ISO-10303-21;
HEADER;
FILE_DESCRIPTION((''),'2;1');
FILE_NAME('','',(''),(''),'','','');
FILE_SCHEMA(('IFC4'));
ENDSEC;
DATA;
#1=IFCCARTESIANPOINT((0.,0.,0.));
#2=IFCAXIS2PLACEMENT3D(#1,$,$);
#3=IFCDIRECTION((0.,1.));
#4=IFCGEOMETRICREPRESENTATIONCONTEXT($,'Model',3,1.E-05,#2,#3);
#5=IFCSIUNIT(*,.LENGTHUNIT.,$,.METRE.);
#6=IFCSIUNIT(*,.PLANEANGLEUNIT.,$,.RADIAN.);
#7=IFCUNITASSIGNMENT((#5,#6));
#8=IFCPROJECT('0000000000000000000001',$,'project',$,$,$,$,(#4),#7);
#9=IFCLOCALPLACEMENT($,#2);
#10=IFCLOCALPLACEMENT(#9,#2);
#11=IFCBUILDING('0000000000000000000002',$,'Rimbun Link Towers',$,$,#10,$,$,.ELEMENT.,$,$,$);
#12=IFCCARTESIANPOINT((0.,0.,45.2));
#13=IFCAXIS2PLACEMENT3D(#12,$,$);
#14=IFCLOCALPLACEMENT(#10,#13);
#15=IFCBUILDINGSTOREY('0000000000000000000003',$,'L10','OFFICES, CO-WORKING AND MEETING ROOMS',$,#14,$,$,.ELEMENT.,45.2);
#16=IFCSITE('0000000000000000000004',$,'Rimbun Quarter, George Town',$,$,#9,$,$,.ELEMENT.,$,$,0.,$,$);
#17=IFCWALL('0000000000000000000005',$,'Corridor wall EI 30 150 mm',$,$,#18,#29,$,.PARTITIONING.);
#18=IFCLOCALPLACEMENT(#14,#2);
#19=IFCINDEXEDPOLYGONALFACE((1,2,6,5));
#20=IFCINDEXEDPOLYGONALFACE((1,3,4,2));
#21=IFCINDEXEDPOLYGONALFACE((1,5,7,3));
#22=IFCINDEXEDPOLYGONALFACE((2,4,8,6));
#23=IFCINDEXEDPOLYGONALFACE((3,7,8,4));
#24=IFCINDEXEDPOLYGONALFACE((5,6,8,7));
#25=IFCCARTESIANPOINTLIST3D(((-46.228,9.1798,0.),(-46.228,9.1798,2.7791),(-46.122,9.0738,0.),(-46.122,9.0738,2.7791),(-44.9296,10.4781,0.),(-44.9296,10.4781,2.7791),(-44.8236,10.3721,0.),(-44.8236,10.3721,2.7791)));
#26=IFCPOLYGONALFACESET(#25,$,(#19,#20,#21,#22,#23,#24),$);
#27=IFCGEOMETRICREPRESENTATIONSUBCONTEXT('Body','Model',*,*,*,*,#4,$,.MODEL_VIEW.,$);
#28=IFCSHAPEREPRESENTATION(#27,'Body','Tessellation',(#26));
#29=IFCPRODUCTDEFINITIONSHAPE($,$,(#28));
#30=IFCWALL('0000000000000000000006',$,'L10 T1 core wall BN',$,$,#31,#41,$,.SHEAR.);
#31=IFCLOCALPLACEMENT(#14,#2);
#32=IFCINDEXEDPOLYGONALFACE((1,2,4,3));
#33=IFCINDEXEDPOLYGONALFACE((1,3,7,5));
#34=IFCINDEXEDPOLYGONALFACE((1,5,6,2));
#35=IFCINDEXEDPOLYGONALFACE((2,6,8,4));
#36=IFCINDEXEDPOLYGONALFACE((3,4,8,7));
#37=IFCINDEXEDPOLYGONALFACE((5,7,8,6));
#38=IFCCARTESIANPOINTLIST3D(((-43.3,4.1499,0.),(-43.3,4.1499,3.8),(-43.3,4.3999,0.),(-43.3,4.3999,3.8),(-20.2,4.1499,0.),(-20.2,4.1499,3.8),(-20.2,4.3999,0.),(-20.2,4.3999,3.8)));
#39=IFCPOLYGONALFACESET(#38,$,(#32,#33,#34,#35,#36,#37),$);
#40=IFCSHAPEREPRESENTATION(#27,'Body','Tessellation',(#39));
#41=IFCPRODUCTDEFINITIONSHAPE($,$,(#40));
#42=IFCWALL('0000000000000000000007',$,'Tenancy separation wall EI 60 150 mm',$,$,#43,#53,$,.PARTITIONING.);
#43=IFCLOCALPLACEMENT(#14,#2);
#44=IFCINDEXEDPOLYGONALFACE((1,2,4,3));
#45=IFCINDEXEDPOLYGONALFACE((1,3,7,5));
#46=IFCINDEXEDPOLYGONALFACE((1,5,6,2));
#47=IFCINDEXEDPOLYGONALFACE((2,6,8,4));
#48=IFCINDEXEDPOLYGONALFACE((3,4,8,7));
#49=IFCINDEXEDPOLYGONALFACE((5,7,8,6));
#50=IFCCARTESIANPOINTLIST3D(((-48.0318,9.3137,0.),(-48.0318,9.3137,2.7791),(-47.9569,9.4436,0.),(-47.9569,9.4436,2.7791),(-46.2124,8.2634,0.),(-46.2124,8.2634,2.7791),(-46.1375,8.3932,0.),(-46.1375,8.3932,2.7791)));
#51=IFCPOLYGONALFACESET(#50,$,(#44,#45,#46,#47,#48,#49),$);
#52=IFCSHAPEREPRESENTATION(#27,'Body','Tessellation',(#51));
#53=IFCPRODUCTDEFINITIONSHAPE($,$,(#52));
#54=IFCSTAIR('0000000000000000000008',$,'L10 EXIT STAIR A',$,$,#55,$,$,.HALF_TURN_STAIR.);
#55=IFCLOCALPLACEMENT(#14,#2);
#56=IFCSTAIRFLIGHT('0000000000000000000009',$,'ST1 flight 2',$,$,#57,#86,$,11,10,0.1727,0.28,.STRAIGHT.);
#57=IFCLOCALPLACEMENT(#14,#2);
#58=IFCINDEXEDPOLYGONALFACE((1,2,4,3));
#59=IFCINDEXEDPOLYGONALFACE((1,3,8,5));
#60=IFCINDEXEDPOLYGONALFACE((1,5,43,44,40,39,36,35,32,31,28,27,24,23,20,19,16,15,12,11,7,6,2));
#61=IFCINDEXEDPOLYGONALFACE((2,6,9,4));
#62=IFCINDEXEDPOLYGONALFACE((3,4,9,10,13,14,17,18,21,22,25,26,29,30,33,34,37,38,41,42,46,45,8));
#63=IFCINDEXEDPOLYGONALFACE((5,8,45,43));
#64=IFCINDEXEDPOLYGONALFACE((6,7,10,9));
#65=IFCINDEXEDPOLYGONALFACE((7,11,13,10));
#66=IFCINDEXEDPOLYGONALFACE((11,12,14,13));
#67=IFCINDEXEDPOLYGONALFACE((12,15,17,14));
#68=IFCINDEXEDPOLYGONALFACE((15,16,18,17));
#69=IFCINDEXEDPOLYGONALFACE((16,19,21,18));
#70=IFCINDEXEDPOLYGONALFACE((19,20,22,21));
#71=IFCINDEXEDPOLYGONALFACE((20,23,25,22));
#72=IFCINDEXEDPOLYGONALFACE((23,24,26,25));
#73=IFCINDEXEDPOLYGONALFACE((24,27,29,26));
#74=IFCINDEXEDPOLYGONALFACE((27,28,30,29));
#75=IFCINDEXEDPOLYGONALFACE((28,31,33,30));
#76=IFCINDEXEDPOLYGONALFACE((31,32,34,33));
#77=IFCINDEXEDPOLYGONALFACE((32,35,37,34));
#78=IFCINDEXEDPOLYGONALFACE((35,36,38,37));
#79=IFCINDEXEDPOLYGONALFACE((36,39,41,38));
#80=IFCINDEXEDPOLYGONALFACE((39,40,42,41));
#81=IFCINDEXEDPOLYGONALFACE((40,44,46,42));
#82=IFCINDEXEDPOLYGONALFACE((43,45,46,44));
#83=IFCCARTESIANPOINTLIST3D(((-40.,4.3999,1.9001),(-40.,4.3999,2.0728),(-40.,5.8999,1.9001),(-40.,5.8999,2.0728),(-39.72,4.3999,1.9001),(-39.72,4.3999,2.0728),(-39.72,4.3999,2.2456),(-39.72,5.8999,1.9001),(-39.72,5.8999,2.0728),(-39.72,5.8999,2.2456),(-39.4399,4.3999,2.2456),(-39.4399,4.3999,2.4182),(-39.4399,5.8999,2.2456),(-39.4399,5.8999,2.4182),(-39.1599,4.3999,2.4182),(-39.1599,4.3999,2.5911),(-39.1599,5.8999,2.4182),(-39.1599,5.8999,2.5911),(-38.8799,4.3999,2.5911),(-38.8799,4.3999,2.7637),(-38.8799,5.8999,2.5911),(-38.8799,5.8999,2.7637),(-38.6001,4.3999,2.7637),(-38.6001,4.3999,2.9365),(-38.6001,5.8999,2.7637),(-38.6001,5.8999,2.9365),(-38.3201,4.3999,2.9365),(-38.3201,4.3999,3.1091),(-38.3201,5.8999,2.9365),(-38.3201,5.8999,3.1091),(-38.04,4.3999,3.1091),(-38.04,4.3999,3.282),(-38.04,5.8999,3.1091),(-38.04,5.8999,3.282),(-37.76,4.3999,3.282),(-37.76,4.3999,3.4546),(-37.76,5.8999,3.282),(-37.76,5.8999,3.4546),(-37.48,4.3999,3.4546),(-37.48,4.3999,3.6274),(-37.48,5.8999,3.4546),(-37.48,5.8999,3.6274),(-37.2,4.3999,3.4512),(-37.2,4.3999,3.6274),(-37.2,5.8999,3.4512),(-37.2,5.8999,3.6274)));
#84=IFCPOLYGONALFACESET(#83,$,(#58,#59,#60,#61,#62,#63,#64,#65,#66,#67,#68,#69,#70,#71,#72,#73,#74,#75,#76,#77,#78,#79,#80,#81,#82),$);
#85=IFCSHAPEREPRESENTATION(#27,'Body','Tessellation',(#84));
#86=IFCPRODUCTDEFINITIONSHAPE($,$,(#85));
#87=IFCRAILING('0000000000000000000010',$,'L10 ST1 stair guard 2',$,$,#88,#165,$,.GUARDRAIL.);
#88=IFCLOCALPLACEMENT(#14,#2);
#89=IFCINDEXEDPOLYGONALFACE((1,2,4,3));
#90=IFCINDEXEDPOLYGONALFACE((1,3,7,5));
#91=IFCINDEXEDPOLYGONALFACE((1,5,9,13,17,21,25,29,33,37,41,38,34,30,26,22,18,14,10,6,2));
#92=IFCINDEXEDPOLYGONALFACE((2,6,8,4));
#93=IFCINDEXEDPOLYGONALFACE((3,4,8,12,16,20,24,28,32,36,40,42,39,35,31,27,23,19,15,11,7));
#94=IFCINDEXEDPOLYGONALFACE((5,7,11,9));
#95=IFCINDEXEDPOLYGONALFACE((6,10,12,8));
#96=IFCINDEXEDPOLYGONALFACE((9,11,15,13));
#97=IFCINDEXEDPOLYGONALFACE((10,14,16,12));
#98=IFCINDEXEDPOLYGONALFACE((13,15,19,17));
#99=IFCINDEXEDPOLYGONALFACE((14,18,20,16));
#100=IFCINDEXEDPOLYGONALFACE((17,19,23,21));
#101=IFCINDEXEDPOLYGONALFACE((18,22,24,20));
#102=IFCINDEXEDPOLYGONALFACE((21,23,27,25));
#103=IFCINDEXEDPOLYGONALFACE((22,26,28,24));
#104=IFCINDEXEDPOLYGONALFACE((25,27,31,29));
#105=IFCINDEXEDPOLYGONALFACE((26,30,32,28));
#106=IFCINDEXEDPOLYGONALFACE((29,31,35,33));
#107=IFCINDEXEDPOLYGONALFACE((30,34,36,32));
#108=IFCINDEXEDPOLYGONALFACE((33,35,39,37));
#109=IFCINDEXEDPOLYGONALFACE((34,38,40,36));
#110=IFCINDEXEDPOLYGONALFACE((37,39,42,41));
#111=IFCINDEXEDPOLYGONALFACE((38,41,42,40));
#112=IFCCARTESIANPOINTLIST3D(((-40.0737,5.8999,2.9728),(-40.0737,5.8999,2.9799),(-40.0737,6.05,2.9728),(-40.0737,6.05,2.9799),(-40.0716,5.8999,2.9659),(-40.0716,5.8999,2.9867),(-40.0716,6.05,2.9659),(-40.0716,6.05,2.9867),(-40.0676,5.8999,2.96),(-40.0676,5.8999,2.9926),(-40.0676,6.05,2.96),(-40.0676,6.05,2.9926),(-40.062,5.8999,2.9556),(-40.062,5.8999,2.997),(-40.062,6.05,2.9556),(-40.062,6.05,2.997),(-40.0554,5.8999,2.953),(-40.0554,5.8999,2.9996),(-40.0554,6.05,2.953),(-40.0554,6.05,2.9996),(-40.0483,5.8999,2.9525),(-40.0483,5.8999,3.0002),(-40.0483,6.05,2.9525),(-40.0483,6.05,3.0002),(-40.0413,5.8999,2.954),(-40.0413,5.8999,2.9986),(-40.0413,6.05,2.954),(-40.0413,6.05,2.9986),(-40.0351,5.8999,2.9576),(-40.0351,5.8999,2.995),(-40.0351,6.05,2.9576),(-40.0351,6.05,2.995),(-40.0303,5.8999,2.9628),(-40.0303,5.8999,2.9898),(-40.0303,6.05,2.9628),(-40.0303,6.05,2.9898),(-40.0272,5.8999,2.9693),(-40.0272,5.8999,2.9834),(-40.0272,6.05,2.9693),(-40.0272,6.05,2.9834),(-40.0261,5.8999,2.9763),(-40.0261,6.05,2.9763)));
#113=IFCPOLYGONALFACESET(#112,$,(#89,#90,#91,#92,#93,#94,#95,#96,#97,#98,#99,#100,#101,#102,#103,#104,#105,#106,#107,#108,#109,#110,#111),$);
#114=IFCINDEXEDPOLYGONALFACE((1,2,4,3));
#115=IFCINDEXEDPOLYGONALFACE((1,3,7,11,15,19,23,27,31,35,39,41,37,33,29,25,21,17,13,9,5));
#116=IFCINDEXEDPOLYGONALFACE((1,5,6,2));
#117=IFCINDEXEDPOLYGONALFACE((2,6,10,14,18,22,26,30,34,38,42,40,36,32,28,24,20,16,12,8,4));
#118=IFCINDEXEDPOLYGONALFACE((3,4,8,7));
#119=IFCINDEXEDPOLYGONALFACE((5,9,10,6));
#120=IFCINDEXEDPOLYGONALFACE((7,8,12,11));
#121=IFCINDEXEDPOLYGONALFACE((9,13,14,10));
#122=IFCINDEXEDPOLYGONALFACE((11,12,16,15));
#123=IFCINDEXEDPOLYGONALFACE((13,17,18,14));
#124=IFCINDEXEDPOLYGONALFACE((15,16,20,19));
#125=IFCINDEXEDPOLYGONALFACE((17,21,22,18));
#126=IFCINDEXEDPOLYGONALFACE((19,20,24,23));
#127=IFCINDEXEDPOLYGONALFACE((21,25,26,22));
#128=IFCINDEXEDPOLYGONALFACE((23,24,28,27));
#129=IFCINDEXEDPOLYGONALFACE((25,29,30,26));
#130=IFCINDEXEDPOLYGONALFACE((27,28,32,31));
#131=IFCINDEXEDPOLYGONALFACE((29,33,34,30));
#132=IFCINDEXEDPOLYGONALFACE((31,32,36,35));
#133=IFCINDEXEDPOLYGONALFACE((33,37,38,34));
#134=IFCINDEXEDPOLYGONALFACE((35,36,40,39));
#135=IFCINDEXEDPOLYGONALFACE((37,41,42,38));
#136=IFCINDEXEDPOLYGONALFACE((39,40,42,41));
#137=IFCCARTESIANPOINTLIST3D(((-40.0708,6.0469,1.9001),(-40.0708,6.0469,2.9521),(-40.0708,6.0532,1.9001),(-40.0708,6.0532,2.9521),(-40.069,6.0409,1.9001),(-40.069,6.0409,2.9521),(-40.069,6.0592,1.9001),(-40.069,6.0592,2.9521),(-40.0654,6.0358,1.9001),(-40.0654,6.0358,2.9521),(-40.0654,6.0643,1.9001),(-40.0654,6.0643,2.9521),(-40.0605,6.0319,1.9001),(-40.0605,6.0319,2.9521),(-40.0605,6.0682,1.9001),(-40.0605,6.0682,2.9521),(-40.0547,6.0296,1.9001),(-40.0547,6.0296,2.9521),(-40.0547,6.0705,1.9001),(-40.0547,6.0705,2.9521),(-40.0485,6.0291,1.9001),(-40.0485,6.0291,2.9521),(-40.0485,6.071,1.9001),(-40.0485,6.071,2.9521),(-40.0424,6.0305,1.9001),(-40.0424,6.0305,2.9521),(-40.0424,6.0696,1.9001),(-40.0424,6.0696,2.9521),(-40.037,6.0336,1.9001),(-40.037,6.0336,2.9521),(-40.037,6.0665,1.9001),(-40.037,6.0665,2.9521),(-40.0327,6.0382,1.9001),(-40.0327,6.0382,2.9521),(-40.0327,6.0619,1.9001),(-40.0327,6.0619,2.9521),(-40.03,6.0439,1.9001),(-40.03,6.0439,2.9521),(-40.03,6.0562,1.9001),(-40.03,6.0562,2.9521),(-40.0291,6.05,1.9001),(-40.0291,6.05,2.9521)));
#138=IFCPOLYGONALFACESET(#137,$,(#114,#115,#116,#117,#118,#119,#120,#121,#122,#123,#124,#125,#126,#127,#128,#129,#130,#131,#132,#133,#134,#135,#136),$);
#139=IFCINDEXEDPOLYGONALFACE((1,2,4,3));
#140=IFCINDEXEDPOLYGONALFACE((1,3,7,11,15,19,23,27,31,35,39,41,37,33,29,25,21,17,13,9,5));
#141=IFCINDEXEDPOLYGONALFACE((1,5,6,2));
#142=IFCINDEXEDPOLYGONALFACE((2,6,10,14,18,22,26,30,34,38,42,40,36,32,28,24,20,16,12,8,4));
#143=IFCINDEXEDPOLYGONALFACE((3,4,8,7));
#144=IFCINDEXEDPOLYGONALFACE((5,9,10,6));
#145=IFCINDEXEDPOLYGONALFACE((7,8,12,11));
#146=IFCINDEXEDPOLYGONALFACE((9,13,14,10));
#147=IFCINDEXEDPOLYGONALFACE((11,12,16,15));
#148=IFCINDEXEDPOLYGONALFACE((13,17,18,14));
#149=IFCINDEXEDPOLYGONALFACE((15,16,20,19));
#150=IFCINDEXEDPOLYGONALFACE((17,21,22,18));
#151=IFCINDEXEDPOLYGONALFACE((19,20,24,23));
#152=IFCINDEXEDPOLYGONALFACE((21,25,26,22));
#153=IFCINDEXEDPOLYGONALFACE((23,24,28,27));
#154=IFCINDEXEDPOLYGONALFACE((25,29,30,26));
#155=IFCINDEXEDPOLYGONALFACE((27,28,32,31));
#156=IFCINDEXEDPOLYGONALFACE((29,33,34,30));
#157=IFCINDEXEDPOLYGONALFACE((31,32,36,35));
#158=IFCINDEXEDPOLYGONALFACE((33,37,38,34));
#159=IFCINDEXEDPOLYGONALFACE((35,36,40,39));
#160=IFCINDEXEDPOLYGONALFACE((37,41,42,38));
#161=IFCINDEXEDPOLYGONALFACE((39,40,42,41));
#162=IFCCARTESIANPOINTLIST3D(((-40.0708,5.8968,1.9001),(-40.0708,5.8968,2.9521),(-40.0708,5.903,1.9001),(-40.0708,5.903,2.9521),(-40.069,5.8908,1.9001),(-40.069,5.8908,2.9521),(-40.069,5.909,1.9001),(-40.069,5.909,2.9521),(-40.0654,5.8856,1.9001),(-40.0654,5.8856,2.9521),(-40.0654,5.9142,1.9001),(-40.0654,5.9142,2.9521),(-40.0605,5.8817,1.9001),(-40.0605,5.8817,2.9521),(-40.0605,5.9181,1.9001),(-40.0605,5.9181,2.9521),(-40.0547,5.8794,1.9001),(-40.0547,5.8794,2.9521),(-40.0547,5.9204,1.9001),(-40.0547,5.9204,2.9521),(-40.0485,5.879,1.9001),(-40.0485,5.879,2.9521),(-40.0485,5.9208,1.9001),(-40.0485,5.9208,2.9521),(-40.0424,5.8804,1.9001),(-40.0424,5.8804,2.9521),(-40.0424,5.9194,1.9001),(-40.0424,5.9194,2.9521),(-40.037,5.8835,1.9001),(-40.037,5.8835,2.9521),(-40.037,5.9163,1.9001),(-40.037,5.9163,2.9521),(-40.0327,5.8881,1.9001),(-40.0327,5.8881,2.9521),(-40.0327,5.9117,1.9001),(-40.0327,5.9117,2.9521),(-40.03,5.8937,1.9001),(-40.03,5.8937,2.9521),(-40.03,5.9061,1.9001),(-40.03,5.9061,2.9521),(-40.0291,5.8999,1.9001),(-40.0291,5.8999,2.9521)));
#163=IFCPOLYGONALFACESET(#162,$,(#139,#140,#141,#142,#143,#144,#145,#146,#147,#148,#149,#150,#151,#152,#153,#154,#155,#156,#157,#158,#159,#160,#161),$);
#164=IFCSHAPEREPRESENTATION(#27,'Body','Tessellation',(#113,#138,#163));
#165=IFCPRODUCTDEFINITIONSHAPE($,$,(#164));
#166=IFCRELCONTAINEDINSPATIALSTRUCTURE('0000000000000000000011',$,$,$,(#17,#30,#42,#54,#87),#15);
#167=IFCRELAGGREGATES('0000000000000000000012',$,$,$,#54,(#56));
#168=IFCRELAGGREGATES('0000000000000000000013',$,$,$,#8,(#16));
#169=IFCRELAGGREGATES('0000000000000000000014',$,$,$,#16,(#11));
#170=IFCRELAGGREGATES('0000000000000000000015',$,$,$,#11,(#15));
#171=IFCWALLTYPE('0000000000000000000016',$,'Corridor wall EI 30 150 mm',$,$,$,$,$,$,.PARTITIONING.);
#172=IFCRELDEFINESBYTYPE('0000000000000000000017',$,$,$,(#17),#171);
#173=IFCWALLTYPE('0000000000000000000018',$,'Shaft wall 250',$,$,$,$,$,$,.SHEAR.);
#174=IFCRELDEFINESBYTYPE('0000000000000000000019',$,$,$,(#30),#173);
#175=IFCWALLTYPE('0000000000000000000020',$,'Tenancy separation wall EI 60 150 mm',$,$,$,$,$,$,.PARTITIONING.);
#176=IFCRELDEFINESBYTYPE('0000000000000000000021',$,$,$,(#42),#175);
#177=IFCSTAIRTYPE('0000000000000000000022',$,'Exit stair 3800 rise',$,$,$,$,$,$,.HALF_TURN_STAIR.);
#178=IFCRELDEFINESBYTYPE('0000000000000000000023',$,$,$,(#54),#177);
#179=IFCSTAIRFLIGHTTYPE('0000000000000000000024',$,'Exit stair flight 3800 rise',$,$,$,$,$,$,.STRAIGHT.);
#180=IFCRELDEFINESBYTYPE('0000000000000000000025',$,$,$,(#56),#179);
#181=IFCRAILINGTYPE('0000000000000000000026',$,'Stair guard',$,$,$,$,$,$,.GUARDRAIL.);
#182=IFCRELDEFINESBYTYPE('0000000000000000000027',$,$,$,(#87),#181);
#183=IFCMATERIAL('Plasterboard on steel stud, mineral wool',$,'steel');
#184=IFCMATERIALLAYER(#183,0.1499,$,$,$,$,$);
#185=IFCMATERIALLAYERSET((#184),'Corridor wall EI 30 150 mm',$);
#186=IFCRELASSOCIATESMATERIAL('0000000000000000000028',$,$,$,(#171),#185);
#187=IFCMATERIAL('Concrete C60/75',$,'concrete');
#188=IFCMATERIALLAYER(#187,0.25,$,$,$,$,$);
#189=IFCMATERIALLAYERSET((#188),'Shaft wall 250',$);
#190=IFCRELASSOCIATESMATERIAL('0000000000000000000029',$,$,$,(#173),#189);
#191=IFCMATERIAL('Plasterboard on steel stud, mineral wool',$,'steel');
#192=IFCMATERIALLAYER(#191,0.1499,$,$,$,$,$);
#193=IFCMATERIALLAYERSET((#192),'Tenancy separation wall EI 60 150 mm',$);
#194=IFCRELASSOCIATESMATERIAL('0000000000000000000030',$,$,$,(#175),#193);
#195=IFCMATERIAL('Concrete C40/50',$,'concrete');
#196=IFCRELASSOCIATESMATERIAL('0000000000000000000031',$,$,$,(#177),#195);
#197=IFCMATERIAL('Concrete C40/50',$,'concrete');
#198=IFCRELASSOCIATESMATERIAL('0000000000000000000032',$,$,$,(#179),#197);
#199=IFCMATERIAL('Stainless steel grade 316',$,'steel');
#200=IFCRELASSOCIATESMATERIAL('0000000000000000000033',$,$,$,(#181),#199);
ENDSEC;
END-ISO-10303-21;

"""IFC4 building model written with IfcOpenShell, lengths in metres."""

from ifc_helpers import new_model, si_unit, direction, frame, frame_2d, origin, origin_2d, place, context, subcontext, project, spatial, polyline, rectangle, circle, outline, extrude, material, layer, layer_set, type_object, element, aggregate, save


model = new_model("IFC4")

# Units and contexts
model_context = context("Model", 3, precision=1e-05, world=origin(), true_north=direction((0.0, 1.0)))
body_context = subcontext(model_context, "Body", "Model", "MODEL_VIEW")
ifc_project = project(units=[si_unit("LENGTHUNIT", "METRE"), si_unit("PLANEANGLEUNIT", "RADIAN")], contexts=[model_context])

# Site, building, storey
site_placement = place(None, origin())
site = spatial("IfcSite", under=ifc_project, at=site_placement, Name="Rimbun Quarter, George Town", CompositionType="ELEMENT", RefElevation=0.0)
building_placement = place(site_placement, origin())
building = spatial("IfcBuilding", under=site, at=building_placement, Name="Rimbun Link Towers", CompositionType="ELEMENT")
storey_placement = place(building_placement, frame((0.0, 0.0, 45.2)))
storey = spatial("IfcBuildingStorey", under=building, at=storey_placement, Name="L10", Description="OFFICES, CO-WORKING AND MEETING ROOMS", CompositionType="ELEMENT", Elevation=45.2)

# Shared definitions
ifc_material_1 = material(Name="Plasterboard on steel stud, mineral wool", Category="steel")
ifc_layer_1 = layer(ifc_material_1, 0.1499)
ifc_layer_set_1 = layer_set([ifc_layer_1], Name="Corridor wall EI 30 150 mm")
wall_type_1 = type_object("IfcWallType", Name="Corridor wall EI 30 150 mm", PredefinedType="PARTITIONING", material=ifc_layer_set_1)

# Walls
wall_1_placement = place(storey_placement, frame((-44.8767, 10.425, 0.0), z_axis=(0.0, 0.0, 1.0), x_axis=(-0.707107, -0.707107, 0.0)))
element("IfcWall", 1, at=wall_1_placement, inside=storey, type_object=wall_type_1, Name="Corridor wall EI 30 150 mm", PredefinedType="PARTITIONING", context=body_context, shape_type="SweptSolid", body=[
    extrude(rectangle(XDim=1.8362, YDim=0.1499, at=frame_2d((0.918, 0.0))), origin(), (0.0, 0.0, 1.0), 2.7791),
])
ifc_material_2 = material(Name="Concrete C60/75", Category="concrete")
ifc_layer_2 = layer(ifc_material_2, 0.25)
ifc_layer_set_2 = layer_set([ifc_layer_2], Name="Shaft wall 250")
wall_type_2 = type_object("IfcWallType", Name="Shaft wall 250", PredefinedType="SHEAR", material=ifc_layer_set_2)
wall_2_placement = place(storey_placement, frame((-43.3, 4.2749, 0.0), z_axis=(0.0, 0.0, 1.0), x_axis=(1.0, 0.0, 0.0)))
element("IfcWall", 2, at=wall_2_placement, inside=storey, type_object=wall_type_2, Name="L10 T1 core wall BN", PredefinedType="SHEAR", context=body_context, shape_type="SweptSolid", body=[
    extrude(rectangle(XDim=23.1001, YDim=0.25, at=frame_2d((11.55, 0.0))), origin(), (0.0, 0.0, 1.0), 3.8),
])
ifc_material_3 = material(Name="Plasterboard on steel stud, mineral wool", Category="steel")
ifc_layer_3 = layer(ifc_material_3, 0.1499)
ifc_layer_set_3 = layer_set([ifc_layer_3], Name="Tenancy separation wall EI 60 150 mm")
wall_type_3 = type_object("IfcWallType", Name="Tenancy separation wall EI 60 150 mm", PredefinedType="PARTITIONING", material=ifc_layer_set_3)
wall_3_placement = place(storey_placement, frame((-46.175, 8.3284, 0.0), z_axis=(0.0, 0.0, 1.0), x_axis=(-0.866046, 0.499964, 0.0)))
element("IfcWall", 3, at=wall_3_placement, inside=storey, type_object=wall_type_3, Name="Tenancy separation wall EI 60 150 mm", PredefinedType="PARTITIONING", context=body_context, shape_type="SweptSolid", body=[
    extrude(rectangle(XDim=2.1008, YDim=0.1499, at=frame_2d((1.0503, 0.0))), origin(), (0.0, 0.0, 1.0), 2.7791),
])

# Stair, stair flight
ifc_material_4 = material(Name="Concrete C40/50", Category="concrete")
stair_type = type_object("IfcStairType", Name="Exit stair 3800 rise", PredefinedType="HALF_TURN_STAIR", material=ifc_material_4)
stair_placement = place(storey_placement, origin())
stair = element("IfcStair", 4, at=stair_placement, inside=storey, type_object=stair_type, Name="L10 EXIT STAIR A", PredefinedType="HALF_TURN_STAIR")
ifc_material_5 = material(Name="Concrete C40/50", Category="concrete")
stair_flight_type = type_object("IfcStairFlightType", Name="Exit stair flight 3800 rise", PredefinedType="STRAIGHT", material=ifc_material_5)
stair_flight_placement = place(storey_placement, frame((-40.0, 5.1499, 1.9001), z_axis=(0.0, 0.0, 1.0), x_axis=(1.0, 0.0, 0.0)))
stair_flight = element("IfcStairFlight", 5, at=stair_flight_placement, type_object=stair_flight_type, Name="ST1 flight 2", NumberOfRisers=11, NumberOfTreads=10, PredefinedType="STRAIGHT", RiserHeight=0.1727, TreadLength=0.28, context=body_context, shape_type="SweptSolid", body=[
    extrude(outline(polyline([(0.0, 0.0), (0.0, 0.1726), (0.28, 0.1726), (0.28, 0.3455), (0.5601, 0.3455), (0.5601, 0.5181), (0.8401, 0.5181), (0.8401, 0.6909), (1.1201, 0.6909), (1.1201, 0.8635), (1.3999, 0.8635), (1.3999, 1.0364), (1.6799, 1.0364), (1.6799, 1.209), (1.96, 1.209), (1.96, 1.3818), (2.24, 1.3818), (2.24, 1.5544), (2.52, 1.5544), (2.52, 1.7273), (2.8, 1.7273), (2.8, 1.8999), (2.8, 1.551), (0.28, 0.0), (0.0, 0.0)])), frame((0.0, 0.75, 0.0), z_axis=(0.0, -1.0, 0.0), x_axis=(1.0, 0.0, 0.0)), (0.0, 0.0, 1.0), 1.5),
])
aggregate(stair, [stair_flight])

# Railing
ifc_material_6 = material(Name="Stainless steel grade 316", Category="steel")
railing_type_1 = type_object("IfcRailingType", Name="Stair guard", PredefinedType="GUARDRAIL", material=ifc_material_6)
railing_1_placement = place(storey_placement, frame((-40.05, 6.05, 1.9001)))
element("IfcRailing", 6, at=railing_1_placement, inside=storey, type_object=railing_type_1, Name="L10 ST1 stair guard 2", PredefinedType="GUARDRAIL", context=body_context, shape_type="SweptSolid", body=[
    extrude(circle(Radius=0.0239, at=origin_2d()), frame((0.0, 0.0, 1.0762), z_axis=(0.0, -1.0, 0.0), x_axis=(1.0, 0.0, 0.0)), (0.0, 0.0, 1.0), 0.1501),
    extrude(circle(Radius=0.021, at=origin_2d()), origin(), (0.0, 0.0, 1.0), 1.052),
    extrude(circle(Radius=0.021, at=origin_2d()), frame((0.0, -0.1501, 0.0)), (0.0, 0.0, 1.0), 1.052),
])

save(model, "model.ifc")
